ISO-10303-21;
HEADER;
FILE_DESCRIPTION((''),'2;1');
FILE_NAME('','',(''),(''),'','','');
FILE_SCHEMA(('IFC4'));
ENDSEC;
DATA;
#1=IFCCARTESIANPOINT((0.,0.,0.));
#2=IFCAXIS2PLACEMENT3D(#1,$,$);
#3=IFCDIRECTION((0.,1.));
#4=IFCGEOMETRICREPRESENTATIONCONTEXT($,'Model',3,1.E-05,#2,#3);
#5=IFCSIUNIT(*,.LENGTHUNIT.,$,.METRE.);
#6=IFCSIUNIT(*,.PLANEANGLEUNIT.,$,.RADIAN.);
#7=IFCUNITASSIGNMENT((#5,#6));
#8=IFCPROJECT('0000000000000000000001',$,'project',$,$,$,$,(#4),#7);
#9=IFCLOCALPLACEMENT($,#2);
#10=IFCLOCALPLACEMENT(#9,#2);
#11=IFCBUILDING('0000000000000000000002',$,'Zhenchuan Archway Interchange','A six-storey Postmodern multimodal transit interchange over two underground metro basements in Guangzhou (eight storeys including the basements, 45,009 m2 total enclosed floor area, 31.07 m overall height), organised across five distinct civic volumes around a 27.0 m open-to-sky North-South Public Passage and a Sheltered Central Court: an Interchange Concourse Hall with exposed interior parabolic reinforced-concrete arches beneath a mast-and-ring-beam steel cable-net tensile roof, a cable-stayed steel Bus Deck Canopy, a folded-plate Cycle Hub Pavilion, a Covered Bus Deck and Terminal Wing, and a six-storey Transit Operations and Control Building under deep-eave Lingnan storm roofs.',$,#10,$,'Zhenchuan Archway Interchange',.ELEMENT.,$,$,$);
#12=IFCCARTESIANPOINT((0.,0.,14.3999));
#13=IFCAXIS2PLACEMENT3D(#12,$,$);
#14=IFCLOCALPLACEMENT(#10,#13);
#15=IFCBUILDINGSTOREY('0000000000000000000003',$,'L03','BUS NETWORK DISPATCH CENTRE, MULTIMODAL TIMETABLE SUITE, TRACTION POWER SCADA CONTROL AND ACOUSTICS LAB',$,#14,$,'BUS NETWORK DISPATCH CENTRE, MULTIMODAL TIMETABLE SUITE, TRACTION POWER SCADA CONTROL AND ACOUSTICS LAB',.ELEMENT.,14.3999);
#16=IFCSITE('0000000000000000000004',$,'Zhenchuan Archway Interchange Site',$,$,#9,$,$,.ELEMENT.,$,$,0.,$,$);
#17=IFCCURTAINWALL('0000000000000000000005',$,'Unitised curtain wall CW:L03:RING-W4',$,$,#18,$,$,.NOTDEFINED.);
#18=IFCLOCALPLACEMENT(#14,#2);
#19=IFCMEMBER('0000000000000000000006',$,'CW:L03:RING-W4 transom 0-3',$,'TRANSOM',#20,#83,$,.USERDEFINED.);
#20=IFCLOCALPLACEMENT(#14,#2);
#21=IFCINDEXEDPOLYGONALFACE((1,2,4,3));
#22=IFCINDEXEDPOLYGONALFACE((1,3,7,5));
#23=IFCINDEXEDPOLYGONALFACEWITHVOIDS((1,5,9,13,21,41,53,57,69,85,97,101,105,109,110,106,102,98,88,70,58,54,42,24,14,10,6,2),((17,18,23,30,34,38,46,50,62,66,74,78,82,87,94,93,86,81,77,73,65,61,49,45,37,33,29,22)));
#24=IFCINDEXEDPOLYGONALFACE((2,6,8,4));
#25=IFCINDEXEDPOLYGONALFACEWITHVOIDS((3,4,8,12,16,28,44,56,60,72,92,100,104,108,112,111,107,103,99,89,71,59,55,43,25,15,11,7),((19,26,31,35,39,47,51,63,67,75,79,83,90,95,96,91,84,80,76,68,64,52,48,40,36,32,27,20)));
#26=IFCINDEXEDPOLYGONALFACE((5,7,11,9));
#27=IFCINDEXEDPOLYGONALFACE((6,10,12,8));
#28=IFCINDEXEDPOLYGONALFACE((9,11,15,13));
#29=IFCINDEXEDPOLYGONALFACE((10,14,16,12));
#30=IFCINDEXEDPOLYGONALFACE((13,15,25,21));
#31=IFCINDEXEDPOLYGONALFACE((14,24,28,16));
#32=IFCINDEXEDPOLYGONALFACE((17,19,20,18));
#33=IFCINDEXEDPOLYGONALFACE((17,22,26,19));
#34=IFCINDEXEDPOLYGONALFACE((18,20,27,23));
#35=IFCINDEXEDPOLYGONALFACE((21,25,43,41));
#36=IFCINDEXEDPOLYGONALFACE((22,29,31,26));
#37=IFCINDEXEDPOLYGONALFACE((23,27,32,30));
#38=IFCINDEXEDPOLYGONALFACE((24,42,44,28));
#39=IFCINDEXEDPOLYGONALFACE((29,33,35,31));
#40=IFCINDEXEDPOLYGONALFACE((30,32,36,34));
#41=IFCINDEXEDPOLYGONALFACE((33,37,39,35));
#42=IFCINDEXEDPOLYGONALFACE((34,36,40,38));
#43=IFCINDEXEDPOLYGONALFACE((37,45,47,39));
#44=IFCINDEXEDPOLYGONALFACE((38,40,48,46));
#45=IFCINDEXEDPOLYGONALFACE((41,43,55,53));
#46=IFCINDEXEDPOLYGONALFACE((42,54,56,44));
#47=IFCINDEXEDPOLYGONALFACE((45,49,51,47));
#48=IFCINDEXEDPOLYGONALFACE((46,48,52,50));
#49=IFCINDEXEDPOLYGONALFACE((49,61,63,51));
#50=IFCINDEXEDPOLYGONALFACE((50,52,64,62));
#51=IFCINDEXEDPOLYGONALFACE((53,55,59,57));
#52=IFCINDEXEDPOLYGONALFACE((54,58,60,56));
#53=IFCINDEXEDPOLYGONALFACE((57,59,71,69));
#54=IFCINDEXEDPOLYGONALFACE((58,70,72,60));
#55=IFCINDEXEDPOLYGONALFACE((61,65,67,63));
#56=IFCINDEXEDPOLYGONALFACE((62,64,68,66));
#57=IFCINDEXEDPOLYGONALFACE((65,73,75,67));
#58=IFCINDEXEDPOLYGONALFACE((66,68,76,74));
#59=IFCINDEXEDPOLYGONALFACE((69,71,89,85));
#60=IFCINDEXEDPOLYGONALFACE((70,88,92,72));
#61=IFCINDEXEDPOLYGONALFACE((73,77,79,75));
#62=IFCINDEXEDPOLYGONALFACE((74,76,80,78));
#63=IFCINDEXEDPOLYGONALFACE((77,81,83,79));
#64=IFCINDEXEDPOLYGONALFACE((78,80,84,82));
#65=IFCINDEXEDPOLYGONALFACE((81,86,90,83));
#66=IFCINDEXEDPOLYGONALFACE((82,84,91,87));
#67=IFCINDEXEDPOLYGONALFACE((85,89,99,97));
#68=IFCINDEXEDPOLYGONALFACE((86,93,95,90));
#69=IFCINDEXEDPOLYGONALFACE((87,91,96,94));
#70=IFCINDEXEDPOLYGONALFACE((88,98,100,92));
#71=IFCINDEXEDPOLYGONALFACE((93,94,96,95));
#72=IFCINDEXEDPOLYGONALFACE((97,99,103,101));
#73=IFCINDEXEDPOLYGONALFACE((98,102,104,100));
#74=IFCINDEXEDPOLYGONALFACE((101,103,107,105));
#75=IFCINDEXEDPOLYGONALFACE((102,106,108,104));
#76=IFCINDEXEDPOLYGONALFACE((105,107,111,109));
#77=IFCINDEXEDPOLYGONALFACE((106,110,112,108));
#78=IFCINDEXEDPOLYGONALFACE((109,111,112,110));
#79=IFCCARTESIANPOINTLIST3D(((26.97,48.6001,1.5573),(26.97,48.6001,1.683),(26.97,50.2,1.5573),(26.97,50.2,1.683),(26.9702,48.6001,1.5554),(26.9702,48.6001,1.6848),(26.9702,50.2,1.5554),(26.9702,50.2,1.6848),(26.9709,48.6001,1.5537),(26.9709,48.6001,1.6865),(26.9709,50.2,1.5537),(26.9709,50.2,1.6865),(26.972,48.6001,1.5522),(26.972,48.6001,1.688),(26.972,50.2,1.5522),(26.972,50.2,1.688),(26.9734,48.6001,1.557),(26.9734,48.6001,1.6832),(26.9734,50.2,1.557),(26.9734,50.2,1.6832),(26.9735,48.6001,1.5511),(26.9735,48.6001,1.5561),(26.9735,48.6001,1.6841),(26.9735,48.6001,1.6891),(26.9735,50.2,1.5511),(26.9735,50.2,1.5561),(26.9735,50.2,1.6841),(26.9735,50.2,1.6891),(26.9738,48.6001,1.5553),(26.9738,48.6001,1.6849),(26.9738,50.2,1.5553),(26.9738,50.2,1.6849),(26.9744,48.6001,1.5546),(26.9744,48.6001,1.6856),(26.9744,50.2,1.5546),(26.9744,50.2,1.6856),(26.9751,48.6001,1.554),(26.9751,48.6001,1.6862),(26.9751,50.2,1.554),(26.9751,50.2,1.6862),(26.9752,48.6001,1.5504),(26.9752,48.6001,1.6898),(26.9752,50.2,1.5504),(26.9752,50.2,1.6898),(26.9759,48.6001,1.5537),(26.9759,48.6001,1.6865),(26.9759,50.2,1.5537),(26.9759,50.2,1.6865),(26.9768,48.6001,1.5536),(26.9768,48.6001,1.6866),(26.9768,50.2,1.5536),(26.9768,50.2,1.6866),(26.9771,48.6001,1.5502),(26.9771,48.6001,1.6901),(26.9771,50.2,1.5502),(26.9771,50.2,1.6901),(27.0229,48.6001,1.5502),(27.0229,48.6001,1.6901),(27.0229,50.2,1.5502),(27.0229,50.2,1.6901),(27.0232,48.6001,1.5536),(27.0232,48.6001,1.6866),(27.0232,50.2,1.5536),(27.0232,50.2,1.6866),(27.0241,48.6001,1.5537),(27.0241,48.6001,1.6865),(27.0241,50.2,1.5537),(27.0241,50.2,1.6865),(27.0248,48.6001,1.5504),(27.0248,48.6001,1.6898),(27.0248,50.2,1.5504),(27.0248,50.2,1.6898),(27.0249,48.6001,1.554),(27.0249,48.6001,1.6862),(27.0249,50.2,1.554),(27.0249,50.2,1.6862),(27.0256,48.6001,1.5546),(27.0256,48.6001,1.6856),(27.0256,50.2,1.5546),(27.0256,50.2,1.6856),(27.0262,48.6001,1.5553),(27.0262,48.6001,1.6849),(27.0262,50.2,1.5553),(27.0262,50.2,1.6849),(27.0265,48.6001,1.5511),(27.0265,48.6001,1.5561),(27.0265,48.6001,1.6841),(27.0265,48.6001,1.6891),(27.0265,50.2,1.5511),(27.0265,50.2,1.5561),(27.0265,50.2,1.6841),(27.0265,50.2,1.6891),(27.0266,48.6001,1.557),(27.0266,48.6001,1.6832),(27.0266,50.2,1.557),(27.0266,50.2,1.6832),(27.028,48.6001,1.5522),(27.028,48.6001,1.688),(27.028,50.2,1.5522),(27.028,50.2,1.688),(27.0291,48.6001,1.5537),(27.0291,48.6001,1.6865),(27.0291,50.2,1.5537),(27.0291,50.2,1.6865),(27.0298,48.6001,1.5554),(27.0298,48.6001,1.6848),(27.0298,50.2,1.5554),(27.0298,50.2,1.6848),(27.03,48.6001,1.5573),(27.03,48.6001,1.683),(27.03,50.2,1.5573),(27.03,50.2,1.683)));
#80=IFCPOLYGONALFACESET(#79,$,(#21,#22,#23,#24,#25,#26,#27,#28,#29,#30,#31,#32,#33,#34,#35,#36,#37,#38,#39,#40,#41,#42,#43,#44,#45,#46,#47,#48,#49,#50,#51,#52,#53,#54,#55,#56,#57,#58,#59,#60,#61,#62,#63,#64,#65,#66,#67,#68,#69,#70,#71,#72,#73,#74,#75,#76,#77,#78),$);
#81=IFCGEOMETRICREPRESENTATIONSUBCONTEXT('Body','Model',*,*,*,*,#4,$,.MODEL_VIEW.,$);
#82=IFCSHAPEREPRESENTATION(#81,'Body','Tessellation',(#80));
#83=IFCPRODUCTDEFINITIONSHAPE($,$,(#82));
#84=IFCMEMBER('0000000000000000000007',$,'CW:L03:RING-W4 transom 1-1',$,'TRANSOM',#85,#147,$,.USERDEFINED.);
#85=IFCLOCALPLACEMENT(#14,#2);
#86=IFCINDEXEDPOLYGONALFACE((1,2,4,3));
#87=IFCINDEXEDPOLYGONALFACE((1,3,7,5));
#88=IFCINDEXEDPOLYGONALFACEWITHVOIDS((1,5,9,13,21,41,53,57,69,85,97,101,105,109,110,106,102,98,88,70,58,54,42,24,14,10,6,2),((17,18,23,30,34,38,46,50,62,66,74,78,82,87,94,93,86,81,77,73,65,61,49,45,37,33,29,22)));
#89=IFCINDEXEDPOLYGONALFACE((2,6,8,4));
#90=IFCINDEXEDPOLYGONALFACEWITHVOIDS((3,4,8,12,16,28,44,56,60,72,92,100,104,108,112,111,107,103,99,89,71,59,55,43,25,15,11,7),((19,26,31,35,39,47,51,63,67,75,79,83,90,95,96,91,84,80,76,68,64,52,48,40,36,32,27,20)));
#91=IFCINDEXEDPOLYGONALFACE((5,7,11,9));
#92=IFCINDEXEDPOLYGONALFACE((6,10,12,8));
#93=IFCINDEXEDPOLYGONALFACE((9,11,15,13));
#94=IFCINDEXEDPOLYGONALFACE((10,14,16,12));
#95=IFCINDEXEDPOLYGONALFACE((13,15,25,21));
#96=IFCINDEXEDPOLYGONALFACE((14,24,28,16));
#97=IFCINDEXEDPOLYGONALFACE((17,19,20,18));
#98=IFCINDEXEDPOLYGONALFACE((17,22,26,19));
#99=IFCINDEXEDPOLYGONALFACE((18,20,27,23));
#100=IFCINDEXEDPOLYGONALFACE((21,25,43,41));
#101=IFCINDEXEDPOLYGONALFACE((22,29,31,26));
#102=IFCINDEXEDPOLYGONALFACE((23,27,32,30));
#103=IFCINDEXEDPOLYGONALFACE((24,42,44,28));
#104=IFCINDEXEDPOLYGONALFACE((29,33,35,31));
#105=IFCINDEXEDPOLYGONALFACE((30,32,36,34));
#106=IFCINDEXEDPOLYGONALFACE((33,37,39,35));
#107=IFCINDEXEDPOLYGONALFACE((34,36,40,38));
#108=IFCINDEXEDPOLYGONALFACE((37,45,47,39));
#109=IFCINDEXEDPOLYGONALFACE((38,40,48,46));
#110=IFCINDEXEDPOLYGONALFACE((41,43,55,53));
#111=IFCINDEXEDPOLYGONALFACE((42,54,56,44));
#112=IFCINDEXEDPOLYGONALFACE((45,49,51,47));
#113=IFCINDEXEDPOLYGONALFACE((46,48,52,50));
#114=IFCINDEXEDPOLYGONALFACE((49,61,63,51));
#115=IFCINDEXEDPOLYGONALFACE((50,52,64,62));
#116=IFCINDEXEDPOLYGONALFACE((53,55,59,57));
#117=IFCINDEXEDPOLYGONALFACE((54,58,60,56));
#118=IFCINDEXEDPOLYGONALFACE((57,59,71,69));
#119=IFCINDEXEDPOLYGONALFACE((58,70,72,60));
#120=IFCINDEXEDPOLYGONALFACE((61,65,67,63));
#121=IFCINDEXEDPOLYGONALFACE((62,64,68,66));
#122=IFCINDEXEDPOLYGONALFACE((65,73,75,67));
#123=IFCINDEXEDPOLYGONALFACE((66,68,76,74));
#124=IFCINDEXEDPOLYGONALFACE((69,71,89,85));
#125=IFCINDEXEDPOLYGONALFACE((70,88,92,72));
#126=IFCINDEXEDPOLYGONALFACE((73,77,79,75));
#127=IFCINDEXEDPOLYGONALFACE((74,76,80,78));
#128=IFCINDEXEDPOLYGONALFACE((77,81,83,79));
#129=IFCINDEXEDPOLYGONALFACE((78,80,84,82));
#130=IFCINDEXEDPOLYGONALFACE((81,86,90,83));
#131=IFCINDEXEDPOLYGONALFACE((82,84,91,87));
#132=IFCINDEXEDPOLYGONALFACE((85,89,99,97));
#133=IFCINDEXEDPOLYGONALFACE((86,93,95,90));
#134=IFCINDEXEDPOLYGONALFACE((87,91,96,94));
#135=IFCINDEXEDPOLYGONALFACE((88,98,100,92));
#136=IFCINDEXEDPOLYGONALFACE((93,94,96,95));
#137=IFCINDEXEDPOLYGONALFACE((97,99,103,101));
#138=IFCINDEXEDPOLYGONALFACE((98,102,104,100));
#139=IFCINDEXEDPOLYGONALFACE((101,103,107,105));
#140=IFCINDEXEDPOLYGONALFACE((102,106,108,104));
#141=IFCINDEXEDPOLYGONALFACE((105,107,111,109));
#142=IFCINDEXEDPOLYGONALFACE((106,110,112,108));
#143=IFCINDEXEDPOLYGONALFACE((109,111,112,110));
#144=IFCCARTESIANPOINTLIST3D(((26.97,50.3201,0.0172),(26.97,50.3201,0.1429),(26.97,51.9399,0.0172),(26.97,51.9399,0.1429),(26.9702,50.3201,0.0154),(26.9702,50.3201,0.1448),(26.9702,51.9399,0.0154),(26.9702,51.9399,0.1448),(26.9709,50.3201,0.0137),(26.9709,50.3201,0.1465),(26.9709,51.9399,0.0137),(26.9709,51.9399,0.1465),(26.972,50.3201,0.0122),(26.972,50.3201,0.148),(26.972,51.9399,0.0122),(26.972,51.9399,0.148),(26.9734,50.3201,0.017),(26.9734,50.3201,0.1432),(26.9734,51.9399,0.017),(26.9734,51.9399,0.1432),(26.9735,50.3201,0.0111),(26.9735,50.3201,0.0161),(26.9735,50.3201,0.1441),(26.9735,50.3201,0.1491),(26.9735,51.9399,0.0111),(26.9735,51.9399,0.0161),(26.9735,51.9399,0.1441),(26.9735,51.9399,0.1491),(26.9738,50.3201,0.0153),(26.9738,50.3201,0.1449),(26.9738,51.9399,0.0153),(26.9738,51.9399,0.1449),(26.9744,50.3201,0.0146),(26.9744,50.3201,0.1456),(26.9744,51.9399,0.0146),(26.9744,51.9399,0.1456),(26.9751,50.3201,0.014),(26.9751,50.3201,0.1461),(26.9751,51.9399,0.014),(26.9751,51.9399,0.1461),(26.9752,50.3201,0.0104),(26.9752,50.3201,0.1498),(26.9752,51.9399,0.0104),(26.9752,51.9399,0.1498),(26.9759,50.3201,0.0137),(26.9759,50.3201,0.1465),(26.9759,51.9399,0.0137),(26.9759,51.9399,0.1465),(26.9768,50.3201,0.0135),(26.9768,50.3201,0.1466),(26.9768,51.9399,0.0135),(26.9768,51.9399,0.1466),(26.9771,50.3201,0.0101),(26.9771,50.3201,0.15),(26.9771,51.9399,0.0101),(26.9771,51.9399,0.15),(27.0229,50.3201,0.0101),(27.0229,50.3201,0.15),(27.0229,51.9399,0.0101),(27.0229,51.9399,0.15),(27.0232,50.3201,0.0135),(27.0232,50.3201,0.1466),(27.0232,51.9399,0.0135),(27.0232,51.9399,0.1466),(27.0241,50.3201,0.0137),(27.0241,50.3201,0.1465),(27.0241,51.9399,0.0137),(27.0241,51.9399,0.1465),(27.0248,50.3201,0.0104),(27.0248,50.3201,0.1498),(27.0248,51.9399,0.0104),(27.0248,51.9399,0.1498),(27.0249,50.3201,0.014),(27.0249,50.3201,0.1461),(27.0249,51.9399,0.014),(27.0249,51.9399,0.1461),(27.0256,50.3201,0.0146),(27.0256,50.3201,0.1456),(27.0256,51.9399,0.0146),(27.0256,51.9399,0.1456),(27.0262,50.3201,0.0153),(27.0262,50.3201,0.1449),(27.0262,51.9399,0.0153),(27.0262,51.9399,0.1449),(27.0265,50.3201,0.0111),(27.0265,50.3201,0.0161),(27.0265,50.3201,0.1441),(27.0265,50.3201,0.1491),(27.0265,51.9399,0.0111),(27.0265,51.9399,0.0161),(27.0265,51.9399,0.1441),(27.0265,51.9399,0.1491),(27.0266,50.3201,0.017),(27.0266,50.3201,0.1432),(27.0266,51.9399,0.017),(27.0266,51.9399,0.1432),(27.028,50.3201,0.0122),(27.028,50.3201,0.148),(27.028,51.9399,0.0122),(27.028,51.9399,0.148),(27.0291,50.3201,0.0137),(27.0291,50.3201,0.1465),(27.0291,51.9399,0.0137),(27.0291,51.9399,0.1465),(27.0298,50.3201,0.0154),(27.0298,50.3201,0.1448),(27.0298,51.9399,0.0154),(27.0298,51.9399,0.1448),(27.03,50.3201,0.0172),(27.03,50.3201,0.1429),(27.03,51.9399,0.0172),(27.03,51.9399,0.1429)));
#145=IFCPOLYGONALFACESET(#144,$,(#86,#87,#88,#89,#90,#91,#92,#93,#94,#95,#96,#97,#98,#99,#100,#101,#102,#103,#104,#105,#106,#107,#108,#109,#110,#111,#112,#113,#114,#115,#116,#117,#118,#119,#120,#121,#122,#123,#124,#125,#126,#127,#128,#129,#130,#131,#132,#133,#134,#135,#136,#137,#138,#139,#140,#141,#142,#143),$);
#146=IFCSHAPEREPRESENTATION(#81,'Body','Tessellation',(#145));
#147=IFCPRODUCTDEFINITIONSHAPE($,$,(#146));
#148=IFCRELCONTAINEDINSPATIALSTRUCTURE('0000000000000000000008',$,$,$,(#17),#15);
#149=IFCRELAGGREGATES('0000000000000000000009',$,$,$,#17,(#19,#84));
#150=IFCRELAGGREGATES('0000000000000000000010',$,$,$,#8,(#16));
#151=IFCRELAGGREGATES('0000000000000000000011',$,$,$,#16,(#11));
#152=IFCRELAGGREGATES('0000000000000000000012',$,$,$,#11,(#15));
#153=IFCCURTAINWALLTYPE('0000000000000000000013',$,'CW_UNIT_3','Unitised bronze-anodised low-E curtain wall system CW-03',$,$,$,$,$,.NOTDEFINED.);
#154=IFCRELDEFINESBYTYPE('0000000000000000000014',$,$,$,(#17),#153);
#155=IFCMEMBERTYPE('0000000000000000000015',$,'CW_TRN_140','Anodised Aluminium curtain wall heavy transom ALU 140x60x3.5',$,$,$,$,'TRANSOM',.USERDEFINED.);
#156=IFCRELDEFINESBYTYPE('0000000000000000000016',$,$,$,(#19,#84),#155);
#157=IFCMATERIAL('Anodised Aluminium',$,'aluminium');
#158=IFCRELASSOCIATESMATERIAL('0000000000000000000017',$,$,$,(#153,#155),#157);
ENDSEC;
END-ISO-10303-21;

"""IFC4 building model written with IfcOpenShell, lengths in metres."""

from ifc_helpers import new_model, si_unit, direction, frame, origin, origin_2d, place, context, subcontext, project, spatial, hollow_rectangle, extrude, material, material_profile, profile_set, type_object, element, aggregate, save


model = new_model("IFC4")

# Units and contexts
model_context = context("Model", 3, precision=1e-05, world=origin(), true_north=direction((0.0, 1.0)))
body_context = subcontext(model_context, "Body", "Model", "MODEL_VIEW")
ifc_project = project(units=[si_unit("LENGTHUNIT", "METRE"), si_unit("PLANEANGLEUNIT", "RADIAN")], contexts=[model_context])

# Site, building, storey
site_placement = place(None, origin())
site = spatial("IfcSite", under=ifc_project, at=site_placement, Name="Zhenchuan Archway Interchange Site", CompositionType="ELEMENT", RefElevation=0.0)
building_placement = place(site_placement, origin())
building = spatial("IfcBuilding", under=site, at=building_placement, Name="Zhenchuan Archway Interchange", Description="A six-storey Postmodern multimodal transit interchange over two underground metro basements in Guangzhou (eight storeys including the basements, 45,009 m2 total enclosed floor area, 31.07 m overall height), organised across five distinct civic volumes around a 27.0 m open-to-sky North-South Public Passage and a Sheltered Central Court: an Interchange Concourse Hall with exposed interior parabolic reinforced-concrete arches beneath a mast-and-ring-beam steel cable-net tensile roof, a cable-stayed steel Bus Deck Canopy, a folded-plate Cycle Hub Pavilion, a Covered Bus Deck and Terminal Wing, and a six-storey Transit Operations and Control Building under deep-eave Lingnan storm roofs.", LongName="Zhenchuan Archway Interchange", CompositionType="ELEMENT")
storey_placement = place(building_placement, frame((0.0, 0.0, 14.3999)))
storey = spatial("IfcBuildingStorey", under=building, at=storey_placement, Name="L03", Description="BUS NETWORK DISPATCH CENTRE, MULTIMODAL TIMETABLE SUITE, TRACTION POWER SCADA CONTROL AND ACOUSTICS LAB", LongName="BUS NETWORK DISPATCH CENTRE, MULTIMODAL TIMETABLE SUITE, TRACTION POWER SCADA CONTROL AND ACOUSTICS LAB", CompositionType="ELEMENT", Elevation=14.3999)

# Shared definitions
ifc_material_1 = material(Name="Anodised Aluminium", Category="aluminium")
curtain_wall_type = type_object("IfcCurtainWallType", Name="CW_UNIT_3", Description="Unitised bronze-anodised low-E curtain wall system CW-03", PredefinedType="NOTDEFINED", material=ifc_material_1)

# Curtain wall, members
curtain_wall_1_placement = place(storey_placement, origin())
curtain_wall_1 = element("IfcCurtainWall", 1, at=curtain_wall_1_placement, inside=storey, type_object=curtain_wall_type, Name="Unitised curtain wall CW:L03:RING-W4", PredefinedType="NOTDEFINED")
ifc_material_profile_1 = material_profile(ifc_material_1, hollow_rectangle(XDim=0.0601, YDim=0.1399, WallThickness=0.0034, InnerFilletRadius=0.0034, OuterFilletRadius=0.0071, at=origin_2d()), Name="ALU 140x60x3.5")
ifc_profile_set_1 = profile_set([ifc_material_profile_1], Name="Anodised Aluminium")
member_type_1 = type_object("IfcMemberType", Name="CW_TRN_140", Description="Anodised Aluminium curtain wall heavy transom ALU 140x60x3.5", ElementType="TRANSOM", PredefinedType="USERDEFINED", material=ifc_profile_set_1)
member_1_placement = place(storey_placement, frame((27.0, 48.6001, 1.6201), z_axis=(0.0, 1.0, 0.0), x_axis=(-1.0, 0.0, 0.0)))
member_1 = element("IfcMember", 2, at=member_1_placement, type_object=member_type_1, Name="CW:L03:RING-W4 transom 0-3", ObjectType="TRANSOM", PredefinedType="USERDEFINED", context=body_context, shape_type="SweptSolid", body=[
    extrude(hollow_rectangle(XDim=0.0601, YDim=0.1399, WallThickness=0.0034, InnerFilletRadius=0.0034, OuterFilletRadius=0.0071, at=origin_2d()), origin(), (0.0, 0.0, 1.0), 1.5999),
])
member_2_placement = place(storey_placement, frame((27.0, 50.3201, 0.0801), z_axis=(0.0, 1.0, 0.0), x_axis=(-1.0, 0.0, 0.0)))
member_2 = element("IfcMember", 3, at=member_2_placement, type_object=member_type_1, Name="CW:L03:RING-W4 transom 1-1", ObjectType="TRANSOM", PredefinedType="USERDEFINED", context=body_context, shape_type="SweptSolid", body=[
    extrude(hollow_rectangle(XDim=0.0601, YDim=0.1399, WallThickness=0.0034, InnerFilletRadius=0.0034, OuterFilletRadius=0.0071, at=origin_2d()), origin(), (0.0, 0.0, 1.0), 1.6199),
])

aggregate(curtain_wall_1, [member_1, member_2])

save(model, "model.ifc")
